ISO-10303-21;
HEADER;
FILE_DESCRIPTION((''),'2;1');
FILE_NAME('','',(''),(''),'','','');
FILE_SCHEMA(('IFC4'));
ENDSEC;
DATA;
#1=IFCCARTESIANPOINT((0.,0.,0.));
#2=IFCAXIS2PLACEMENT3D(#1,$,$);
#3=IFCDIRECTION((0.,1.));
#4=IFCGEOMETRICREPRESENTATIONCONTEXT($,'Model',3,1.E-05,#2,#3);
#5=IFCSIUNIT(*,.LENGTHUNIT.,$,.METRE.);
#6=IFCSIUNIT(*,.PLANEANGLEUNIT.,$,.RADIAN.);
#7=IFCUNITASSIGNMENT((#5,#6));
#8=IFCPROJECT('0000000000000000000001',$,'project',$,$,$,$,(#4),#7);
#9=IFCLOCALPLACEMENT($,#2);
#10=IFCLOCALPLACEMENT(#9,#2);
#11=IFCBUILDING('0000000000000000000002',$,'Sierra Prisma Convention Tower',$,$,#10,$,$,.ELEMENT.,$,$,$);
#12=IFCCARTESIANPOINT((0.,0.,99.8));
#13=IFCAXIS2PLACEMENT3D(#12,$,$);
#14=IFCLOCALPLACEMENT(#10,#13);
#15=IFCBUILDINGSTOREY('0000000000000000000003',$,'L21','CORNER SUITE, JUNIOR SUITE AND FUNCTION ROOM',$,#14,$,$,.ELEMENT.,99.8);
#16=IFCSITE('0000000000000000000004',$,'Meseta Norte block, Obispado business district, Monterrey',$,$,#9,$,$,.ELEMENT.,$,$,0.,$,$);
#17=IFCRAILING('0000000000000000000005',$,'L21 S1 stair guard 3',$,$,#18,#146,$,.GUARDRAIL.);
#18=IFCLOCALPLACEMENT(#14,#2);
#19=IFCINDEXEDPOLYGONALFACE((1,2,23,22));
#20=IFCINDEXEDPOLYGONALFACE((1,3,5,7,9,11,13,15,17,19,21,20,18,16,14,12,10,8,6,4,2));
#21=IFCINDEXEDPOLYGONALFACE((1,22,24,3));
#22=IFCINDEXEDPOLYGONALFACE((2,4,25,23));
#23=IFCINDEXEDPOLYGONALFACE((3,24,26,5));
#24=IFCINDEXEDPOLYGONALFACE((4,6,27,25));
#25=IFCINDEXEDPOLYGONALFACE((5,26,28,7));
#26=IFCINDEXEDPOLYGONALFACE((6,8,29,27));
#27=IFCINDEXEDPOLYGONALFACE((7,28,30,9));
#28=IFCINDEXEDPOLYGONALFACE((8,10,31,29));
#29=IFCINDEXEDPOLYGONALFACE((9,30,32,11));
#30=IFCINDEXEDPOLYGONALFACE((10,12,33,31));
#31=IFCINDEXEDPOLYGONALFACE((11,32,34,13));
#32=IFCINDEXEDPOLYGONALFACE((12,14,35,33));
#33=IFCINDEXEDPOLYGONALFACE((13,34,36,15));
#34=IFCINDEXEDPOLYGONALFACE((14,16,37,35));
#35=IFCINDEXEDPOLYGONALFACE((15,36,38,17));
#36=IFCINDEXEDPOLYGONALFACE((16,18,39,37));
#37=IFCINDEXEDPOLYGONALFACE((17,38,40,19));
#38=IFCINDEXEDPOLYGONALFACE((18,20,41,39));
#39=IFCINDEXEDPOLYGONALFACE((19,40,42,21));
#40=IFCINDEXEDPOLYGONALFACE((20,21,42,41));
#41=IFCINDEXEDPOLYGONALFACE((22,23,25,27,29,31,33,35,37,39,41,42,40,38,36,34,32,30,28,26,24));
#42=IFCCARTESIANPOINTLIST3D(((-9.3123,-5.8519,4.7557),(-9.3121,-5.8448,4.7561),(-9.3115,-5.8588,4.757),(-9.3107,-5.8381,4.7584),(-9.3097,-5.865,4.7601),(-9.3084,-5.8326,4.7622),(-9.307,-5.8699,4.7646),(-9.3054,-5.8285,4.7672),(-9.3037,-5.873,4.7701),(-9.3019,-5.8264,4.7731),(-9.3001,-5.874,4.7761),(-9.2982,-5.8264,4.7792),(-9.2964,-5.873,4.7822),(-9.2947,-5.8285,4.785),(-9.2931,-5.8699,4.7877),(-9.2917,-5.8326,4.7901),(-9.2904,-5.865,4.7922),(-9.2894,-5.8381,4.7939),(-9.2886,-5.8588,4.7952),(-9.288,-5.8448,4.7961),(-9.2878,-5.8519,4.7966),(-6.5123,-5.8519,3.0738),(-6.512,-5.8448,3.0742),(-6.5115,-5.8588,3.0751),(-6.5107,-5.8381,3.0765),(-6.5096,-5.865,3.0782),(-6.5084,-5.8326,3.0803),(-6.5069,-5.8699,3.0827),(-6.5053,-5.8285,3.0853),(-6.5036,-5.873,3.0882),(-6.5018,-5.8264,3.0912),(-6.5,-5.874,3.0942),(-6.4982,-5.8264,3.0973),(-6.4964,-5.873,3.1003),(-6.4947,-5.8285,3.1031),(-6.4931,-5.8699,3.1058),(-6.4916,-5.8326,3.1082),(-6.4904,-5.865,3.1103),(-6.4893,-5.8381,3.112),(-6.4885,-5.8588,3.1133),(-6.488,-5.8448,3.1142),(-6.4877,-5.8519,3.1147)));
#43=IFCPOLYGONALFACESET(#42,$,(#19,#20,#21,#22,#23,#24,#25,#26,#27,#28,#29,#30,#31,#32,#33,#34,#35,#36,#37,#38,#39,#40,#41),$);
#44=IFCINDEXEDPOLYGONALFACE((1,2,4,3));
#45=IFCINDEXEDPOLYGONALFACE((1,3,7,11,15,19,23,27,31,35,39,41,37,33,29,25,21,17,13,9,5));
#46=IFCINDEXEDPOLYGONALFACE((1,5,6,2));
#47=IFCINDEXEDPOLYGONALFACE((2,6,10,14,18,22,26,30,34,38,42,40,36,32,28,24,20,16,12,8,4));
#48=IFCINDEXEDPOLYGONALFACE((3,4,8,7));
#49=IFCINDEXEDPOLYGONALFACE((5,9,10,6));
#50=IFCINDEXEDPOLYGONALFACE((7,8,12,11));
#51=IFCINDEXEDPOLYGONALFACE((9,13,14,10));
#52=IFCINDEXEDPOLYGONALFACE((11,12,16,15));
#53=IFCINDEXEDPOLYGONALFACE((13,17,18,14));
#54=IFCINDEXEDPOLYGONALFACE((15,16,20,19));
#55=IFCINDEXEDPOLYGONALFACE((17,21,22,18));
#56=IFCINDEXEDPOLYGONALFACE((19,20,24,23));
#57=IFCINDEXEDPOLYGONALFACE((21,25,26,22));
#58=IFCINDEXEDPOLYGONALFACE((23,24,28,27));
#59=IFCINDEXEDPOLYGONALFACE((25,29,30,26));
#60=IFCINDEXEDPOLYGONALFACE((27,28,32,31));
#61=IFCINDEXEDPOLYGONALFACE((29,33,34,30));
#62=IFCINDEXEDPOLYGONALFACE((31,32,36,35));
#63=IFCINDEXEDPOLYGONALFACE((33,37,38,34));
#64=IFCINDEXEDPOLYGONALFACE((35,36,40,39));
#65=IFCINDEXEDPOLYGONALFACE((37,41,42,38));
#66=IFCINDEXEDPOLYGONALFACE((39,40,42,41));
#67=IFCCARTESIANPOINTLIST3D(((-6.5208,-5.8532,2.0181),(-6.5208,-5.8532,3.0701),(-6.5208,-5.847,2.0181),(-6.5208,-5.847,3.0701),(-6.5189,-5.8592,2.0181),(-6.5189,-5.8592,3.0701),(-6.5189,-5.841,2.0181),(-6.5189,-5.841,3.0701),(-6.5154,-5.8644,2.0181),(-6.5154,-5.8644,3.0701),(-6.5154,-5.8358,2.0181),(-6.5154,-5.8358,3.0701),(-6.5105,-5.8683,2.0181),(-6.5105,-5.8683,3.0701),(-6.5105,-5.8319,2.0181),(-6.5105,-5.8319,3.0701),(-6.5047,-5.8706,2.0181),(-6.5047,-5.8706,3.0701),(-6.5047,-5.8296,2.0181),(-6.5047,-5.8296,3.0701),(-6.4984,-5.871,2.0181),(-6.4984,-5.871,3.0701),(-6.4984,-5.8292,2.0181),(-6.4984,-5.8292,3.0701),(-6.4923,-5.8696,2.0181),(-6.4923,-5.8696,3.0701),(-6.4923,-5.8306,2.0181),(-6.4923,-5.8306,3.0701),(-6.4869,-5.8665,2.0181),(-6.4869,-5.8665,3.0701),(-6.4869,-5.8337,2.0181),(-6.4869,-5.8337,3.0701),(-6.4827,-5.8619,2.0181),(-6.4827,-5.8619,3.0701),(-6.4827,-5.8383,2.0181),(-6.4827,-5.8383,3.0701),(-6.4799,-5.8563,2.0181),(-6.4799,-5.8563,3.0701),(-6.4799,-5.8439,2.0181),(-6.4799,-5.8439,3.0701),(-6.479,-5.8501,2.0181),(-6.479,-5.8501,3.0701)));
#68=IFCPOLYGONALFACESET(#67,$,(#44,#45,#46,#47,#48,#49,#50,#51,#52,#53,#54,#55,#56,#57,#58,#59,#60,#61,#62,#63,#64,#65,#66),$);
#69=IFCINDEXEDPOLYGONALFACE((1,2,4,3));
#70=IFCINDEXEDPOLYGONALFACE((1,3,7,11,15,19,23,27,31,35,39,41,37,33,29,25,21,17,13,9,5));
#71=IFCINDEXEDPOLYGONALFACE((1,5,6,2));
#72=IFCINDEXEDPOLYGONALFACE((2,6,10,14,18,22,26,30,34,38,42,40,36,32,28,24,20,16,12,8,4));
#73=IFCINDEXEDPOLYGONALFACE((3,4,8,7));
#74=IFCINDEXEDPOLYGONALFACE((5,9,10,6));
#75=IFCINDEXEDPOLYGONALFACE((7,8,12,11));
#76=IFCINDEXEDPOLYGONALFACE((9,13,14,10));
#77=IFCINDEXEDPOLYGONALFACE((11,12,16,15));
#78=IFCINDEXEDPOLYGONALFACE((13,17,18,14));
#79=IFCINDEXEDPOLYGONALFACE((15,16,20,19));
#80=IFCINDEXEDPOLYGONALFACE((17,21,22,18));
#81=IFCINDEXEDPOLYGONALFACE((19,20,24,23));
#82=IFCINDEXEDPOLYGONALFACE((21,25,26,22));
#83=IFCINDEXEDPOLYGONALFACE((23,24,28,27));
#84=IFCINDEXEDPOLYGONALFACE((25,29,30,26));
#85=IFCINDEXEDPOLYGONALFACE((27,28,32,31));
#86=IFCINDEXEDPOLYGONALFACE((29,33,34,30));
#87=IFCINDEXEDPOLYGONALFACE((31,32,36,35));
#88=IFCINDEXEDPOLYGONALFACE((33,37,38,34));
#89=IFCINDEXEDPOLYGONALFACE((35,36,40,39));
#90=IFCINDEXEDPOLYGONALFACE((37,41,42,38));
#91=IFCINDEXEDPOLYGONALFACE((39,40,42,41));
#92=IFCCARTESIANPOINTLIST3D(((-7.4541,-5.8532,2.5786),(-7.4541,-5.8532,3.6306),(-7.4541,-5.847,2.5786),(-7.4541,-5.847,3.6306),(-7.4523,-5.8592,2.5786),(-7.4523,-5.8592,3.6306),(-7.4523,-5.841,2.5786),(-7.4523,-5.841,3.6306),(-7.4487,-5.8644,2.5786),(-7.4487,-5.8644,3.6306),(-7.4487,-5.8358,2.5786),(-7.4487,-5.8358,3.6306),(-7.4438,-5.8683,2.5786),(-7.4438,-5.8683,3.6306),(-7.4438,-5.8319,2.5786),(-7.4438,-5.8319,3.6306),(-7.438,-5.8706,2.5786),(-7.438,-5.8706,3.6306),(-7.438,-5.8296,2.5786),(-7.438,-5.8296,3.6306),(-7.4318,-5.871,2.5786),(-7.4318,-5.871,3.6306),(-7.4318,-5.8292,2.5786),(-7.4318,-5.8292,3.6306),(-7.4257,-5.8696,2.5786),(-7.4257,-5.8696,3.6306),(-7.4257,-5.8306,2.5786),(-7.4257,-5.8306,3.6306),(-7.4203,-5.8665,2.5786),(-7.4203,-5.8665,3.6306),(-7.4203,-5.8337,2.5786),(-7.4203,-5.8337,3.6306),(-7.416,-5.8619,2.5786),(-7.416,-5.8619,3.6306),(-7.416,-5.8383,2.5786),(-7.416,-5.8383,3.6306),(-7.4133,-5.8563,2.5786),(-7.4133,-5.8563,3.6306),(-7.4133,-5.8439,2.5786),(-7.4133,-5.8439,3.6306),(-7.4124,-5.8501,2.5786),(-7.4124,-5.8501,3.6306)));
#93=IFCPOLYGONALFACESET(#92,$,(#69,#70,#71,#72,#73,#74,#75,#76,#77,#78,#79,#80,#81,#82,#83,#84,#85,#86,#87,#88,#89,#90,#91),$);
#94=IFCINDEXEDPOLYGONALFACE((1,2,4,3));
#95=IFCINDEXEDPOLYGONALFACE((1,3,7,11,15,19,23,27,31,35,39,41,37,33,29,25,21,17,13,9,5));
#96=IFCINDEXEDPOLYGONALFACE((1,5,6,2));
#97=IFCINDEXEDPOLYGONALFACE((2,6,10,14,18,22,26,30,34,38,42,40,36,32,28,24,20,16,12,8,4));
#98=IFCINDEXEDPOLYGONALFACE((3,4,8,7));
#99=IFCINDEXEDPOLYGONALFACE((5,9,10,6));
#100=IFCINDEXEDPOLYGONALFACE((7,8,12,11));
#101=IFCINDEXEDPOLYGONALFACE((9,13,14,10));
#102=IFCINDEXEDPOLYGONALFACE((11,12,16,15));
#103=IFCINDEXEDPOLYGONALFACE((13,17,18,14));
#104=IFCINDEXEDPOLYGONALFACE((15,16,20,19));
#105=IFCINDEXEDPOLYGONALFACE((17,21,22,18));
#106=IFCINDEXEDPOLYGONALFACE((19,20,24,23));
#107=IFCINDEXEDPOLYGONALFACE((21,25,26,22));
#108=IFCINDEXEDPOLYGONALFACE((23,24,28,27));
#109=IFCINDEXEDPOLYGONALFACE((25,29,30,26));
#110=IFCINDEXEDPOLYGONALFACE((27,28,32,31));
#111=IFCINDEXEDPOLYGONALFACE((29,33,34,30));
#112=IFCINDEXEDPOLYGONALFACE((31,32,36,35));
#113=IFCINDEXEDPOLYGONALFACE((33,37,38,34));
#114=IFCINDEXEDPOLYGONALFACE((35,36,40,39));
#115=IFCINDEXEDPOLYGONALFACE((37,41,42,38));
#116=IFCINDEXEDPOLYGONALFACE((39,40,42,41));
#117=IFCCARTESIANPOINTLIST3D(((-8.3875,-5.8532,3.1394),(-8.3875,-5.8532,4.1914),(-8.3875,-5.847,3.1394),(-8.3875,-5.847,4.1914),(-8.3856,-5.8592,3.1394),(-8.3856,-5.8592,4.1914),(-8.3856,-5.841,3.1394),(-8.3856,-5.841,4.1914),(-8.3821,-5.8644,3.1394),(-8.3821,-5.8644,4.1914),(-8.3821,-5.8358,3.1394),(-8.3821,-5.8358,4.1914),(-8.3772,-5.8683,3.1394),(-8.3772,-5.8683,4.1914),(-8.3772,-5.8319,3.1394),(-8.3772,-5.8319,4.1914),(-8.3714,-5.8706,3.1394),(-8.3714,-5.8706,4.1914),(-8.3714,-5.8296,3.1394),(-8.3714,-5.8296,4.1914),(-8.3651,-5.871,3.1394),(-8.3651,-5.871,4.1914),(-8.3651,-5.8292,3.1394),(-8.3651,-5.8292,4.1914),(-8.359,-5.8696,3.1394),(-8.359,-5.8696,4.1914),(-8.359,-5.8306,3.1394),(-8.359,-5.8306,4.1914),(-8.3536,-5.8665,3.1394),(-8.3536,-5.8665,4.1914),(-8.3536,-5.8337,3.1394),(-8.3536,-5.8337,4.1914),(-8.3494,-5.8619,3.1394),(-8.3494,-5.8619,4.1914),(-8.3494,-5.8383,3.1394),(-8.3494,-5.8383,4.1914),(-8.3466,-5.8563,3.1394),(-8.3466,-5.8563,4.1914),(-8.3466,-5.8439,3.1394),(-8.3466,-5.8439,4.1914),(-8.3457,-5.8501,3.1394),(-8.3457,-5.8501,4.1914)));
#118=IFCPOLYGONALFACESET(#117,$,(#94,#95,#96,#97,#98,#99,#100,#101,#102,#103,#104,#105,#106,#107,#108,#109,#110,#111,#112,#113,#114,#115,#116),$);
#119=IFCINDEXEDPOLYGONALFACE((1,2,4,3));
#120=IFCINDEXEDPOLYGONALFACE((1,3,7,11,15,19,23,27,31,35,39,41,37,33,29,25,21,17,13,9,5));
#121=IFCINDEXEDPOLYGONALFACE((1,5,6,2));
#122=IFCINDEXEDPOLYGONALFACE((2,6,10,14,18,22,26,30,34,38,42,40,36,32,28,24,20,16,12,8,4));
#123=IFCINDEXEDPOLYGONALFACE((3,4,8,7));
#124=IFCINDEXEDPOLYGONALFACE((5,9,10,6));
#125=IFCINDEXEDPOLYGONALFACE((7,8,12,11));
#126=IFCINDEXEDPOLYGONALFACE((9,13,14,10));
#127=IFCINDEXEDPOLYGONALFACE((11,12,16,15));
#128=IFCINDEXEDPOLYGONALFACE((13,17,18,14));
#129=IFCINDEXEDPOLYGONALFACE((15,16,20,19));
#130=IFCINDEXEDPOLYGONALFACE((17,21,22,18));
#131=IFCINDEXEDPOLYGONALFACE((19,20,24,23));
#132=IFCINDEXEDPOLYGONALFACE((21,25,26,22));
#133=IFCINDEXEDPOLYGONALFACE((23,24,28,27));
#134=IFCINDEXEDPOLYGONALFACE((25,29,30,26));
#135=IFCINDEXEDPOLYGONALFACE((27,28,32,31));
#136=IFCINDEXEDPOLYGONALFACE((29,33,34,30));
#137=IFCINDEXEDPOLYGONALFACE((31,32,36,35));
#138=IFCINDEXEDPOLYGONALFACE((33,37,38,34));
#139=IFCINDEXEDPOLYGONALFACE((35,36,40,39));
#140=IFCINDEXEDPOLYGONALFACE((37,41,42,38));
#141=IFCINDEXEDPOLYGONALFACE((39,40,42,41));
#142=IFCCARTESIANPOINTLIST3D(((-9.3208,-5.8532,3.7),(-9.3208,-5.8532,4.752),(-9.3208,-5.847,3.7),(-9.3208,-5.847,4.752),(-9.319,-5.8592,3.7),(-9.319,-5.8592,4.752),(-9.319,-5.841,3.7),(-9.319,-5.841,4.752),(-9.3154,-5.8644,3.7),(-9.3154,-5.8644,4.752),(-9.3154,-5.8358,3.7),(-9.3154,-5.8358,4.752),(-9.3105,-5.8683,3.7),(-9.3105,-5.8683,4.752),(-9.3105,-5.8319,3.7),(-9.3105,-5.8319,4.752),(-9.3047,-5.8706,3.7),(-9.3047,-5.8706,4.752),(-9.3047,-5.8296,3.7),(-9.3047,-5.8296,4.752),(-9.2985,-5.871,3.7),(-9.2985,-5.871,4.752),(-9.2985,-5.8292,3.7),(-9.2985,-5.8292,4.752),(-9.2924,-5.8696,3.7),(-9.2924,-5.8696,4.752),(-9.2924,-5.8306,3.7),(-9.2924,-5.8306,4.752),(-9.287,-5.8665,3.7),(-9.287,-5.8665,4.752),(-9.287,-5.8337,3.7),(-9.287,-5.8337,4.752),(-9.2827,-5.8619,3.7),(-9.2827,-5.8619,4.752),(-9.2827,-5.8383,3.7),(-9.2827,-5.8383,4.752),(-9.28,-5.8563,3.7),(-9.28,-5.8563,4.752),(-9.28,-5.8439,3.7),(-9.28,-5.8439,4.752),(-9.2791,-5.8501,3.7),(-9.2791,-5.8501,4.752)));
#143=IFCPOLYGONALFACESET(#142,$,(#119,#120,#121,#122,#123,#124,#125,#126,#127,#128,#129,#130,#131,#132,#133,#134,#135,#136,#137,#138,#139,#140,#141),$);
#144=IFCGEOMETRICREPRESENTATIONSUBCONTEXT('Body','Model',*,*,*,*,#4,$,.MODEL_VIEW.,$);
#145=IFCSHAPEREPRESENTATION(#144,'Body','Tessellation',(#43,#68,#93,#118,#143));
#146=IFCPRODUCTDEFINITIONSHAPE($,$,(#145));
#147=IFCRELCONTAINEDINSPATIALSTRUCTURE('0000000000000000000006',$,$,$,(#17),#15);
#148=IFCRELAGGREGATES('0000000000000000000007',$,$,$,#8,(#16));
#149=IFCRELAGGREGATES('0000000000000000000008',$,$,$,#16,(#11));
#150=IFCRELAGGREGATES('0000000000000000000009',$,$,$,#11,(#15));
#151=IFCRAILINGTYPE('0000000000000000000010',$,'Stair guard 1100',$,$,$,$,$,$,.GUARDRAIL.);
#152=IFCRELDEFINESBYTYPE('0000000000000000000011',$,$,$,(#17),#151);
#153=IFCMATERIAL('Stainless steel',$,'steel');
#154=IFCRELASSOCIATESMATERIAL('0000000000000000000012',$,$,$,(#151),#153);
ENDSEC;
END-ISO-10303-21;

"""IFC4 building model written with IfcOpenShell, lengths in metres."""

from ifc_helpers import new_model, si_unit, direction, frame, origin, origin_2d, place, context, subcontext, project, spatial, circle, extrude, material, type_object, element, save


model = new_model("IFC4")

# Units and contexts
model_context = context("Model", 3, precision=1e-05, world=origin(), true_north=direction((0.0, 1.0)))
body_context = subcontext(model_context, "Body", "Model", "MODEL_VIEW")
ifc_project = project(units=[si_unit("LENGTHUNIT", "METRE"), si_unit("PLANEANGLEUNIT", "RADIAN")], contexts=[model_context])

# Site, building, storey
site_placement = place(None, origin())
site = spatial("IfcSite", under=ifc_project, at=site_placement, Name="Meseta Norte block, Obispado business district, Monterrey", CompositionType="ELEMENT", RefElevation=0.0)
building_placement = place(site_placement, origin())
building = spatial("IfcBuilding", under=site, at=building_placement, Name="Sierra Prisma Convention Tower", CompositionType="ELEMENT")
storey_placement = place(building_placement, frame((0.0, 0.0, 99.8)))
storey = spatial("IfcBuildingStorey", under=building, at=storey_placement, Name="L21", Description="CORNER SUITE, JUNIOR SUITE AND FUNCTION ROOM", CompositionType="ELEMENT", Elevation=99.8)

# Railing
ifc_material_1 = material(Name="Stainless steel", Category="steel")
railing_type_1 = type_object("IfcRailingType", Name="Stair guard 1100", PredefinedType="GUARDRAIL", material=ifc_material_1)
railing_1_placement = place(storey_placement, frame((-6.5, -5.8501, 2.0181)))
element("IfcRailing", 1, at=railing_1_placement, inside=storey, type_object=railing_type_1, Name="L21 S1 stair guard 3", PredefinedType="GUARDRAIL", context=body_context, shape_type="SweptSolid", body=[
    extrude(circle(Radius=0.0239, at=origin_2d()), frame((0.0, 0.0, 1.0762), z_axis=(-0.857242, 0.0, 0.514913), x_axis=(0.0, -1.0, 0.0)), (0.0, 0.0, 1.0), 3.2664),
    extrude(circle(Radius=0.021, at=origin_2d()), origin(), (0.0, 0.0, 1.0), 1.052),
    extrude(circle(Radius=0.021, at=origin_2d()), frame((-0.9333, 0.0, 0.5605)), (0.0, 0.0, 1.0), 1.052),
    extrude(circle(Radius=0.021, at=origin_2d()), frame((-1.8667, 0.0, 1.1213)), (0.0, 0.0, 1.0), 1.052),
    extrude(circle(Radius=0.021, at=origin_2d()), frame((-2.8, 0.0, 1.6819)), (0.0, 0.0, 1.0), 1.052),
])

save(model, "model.ifc")
